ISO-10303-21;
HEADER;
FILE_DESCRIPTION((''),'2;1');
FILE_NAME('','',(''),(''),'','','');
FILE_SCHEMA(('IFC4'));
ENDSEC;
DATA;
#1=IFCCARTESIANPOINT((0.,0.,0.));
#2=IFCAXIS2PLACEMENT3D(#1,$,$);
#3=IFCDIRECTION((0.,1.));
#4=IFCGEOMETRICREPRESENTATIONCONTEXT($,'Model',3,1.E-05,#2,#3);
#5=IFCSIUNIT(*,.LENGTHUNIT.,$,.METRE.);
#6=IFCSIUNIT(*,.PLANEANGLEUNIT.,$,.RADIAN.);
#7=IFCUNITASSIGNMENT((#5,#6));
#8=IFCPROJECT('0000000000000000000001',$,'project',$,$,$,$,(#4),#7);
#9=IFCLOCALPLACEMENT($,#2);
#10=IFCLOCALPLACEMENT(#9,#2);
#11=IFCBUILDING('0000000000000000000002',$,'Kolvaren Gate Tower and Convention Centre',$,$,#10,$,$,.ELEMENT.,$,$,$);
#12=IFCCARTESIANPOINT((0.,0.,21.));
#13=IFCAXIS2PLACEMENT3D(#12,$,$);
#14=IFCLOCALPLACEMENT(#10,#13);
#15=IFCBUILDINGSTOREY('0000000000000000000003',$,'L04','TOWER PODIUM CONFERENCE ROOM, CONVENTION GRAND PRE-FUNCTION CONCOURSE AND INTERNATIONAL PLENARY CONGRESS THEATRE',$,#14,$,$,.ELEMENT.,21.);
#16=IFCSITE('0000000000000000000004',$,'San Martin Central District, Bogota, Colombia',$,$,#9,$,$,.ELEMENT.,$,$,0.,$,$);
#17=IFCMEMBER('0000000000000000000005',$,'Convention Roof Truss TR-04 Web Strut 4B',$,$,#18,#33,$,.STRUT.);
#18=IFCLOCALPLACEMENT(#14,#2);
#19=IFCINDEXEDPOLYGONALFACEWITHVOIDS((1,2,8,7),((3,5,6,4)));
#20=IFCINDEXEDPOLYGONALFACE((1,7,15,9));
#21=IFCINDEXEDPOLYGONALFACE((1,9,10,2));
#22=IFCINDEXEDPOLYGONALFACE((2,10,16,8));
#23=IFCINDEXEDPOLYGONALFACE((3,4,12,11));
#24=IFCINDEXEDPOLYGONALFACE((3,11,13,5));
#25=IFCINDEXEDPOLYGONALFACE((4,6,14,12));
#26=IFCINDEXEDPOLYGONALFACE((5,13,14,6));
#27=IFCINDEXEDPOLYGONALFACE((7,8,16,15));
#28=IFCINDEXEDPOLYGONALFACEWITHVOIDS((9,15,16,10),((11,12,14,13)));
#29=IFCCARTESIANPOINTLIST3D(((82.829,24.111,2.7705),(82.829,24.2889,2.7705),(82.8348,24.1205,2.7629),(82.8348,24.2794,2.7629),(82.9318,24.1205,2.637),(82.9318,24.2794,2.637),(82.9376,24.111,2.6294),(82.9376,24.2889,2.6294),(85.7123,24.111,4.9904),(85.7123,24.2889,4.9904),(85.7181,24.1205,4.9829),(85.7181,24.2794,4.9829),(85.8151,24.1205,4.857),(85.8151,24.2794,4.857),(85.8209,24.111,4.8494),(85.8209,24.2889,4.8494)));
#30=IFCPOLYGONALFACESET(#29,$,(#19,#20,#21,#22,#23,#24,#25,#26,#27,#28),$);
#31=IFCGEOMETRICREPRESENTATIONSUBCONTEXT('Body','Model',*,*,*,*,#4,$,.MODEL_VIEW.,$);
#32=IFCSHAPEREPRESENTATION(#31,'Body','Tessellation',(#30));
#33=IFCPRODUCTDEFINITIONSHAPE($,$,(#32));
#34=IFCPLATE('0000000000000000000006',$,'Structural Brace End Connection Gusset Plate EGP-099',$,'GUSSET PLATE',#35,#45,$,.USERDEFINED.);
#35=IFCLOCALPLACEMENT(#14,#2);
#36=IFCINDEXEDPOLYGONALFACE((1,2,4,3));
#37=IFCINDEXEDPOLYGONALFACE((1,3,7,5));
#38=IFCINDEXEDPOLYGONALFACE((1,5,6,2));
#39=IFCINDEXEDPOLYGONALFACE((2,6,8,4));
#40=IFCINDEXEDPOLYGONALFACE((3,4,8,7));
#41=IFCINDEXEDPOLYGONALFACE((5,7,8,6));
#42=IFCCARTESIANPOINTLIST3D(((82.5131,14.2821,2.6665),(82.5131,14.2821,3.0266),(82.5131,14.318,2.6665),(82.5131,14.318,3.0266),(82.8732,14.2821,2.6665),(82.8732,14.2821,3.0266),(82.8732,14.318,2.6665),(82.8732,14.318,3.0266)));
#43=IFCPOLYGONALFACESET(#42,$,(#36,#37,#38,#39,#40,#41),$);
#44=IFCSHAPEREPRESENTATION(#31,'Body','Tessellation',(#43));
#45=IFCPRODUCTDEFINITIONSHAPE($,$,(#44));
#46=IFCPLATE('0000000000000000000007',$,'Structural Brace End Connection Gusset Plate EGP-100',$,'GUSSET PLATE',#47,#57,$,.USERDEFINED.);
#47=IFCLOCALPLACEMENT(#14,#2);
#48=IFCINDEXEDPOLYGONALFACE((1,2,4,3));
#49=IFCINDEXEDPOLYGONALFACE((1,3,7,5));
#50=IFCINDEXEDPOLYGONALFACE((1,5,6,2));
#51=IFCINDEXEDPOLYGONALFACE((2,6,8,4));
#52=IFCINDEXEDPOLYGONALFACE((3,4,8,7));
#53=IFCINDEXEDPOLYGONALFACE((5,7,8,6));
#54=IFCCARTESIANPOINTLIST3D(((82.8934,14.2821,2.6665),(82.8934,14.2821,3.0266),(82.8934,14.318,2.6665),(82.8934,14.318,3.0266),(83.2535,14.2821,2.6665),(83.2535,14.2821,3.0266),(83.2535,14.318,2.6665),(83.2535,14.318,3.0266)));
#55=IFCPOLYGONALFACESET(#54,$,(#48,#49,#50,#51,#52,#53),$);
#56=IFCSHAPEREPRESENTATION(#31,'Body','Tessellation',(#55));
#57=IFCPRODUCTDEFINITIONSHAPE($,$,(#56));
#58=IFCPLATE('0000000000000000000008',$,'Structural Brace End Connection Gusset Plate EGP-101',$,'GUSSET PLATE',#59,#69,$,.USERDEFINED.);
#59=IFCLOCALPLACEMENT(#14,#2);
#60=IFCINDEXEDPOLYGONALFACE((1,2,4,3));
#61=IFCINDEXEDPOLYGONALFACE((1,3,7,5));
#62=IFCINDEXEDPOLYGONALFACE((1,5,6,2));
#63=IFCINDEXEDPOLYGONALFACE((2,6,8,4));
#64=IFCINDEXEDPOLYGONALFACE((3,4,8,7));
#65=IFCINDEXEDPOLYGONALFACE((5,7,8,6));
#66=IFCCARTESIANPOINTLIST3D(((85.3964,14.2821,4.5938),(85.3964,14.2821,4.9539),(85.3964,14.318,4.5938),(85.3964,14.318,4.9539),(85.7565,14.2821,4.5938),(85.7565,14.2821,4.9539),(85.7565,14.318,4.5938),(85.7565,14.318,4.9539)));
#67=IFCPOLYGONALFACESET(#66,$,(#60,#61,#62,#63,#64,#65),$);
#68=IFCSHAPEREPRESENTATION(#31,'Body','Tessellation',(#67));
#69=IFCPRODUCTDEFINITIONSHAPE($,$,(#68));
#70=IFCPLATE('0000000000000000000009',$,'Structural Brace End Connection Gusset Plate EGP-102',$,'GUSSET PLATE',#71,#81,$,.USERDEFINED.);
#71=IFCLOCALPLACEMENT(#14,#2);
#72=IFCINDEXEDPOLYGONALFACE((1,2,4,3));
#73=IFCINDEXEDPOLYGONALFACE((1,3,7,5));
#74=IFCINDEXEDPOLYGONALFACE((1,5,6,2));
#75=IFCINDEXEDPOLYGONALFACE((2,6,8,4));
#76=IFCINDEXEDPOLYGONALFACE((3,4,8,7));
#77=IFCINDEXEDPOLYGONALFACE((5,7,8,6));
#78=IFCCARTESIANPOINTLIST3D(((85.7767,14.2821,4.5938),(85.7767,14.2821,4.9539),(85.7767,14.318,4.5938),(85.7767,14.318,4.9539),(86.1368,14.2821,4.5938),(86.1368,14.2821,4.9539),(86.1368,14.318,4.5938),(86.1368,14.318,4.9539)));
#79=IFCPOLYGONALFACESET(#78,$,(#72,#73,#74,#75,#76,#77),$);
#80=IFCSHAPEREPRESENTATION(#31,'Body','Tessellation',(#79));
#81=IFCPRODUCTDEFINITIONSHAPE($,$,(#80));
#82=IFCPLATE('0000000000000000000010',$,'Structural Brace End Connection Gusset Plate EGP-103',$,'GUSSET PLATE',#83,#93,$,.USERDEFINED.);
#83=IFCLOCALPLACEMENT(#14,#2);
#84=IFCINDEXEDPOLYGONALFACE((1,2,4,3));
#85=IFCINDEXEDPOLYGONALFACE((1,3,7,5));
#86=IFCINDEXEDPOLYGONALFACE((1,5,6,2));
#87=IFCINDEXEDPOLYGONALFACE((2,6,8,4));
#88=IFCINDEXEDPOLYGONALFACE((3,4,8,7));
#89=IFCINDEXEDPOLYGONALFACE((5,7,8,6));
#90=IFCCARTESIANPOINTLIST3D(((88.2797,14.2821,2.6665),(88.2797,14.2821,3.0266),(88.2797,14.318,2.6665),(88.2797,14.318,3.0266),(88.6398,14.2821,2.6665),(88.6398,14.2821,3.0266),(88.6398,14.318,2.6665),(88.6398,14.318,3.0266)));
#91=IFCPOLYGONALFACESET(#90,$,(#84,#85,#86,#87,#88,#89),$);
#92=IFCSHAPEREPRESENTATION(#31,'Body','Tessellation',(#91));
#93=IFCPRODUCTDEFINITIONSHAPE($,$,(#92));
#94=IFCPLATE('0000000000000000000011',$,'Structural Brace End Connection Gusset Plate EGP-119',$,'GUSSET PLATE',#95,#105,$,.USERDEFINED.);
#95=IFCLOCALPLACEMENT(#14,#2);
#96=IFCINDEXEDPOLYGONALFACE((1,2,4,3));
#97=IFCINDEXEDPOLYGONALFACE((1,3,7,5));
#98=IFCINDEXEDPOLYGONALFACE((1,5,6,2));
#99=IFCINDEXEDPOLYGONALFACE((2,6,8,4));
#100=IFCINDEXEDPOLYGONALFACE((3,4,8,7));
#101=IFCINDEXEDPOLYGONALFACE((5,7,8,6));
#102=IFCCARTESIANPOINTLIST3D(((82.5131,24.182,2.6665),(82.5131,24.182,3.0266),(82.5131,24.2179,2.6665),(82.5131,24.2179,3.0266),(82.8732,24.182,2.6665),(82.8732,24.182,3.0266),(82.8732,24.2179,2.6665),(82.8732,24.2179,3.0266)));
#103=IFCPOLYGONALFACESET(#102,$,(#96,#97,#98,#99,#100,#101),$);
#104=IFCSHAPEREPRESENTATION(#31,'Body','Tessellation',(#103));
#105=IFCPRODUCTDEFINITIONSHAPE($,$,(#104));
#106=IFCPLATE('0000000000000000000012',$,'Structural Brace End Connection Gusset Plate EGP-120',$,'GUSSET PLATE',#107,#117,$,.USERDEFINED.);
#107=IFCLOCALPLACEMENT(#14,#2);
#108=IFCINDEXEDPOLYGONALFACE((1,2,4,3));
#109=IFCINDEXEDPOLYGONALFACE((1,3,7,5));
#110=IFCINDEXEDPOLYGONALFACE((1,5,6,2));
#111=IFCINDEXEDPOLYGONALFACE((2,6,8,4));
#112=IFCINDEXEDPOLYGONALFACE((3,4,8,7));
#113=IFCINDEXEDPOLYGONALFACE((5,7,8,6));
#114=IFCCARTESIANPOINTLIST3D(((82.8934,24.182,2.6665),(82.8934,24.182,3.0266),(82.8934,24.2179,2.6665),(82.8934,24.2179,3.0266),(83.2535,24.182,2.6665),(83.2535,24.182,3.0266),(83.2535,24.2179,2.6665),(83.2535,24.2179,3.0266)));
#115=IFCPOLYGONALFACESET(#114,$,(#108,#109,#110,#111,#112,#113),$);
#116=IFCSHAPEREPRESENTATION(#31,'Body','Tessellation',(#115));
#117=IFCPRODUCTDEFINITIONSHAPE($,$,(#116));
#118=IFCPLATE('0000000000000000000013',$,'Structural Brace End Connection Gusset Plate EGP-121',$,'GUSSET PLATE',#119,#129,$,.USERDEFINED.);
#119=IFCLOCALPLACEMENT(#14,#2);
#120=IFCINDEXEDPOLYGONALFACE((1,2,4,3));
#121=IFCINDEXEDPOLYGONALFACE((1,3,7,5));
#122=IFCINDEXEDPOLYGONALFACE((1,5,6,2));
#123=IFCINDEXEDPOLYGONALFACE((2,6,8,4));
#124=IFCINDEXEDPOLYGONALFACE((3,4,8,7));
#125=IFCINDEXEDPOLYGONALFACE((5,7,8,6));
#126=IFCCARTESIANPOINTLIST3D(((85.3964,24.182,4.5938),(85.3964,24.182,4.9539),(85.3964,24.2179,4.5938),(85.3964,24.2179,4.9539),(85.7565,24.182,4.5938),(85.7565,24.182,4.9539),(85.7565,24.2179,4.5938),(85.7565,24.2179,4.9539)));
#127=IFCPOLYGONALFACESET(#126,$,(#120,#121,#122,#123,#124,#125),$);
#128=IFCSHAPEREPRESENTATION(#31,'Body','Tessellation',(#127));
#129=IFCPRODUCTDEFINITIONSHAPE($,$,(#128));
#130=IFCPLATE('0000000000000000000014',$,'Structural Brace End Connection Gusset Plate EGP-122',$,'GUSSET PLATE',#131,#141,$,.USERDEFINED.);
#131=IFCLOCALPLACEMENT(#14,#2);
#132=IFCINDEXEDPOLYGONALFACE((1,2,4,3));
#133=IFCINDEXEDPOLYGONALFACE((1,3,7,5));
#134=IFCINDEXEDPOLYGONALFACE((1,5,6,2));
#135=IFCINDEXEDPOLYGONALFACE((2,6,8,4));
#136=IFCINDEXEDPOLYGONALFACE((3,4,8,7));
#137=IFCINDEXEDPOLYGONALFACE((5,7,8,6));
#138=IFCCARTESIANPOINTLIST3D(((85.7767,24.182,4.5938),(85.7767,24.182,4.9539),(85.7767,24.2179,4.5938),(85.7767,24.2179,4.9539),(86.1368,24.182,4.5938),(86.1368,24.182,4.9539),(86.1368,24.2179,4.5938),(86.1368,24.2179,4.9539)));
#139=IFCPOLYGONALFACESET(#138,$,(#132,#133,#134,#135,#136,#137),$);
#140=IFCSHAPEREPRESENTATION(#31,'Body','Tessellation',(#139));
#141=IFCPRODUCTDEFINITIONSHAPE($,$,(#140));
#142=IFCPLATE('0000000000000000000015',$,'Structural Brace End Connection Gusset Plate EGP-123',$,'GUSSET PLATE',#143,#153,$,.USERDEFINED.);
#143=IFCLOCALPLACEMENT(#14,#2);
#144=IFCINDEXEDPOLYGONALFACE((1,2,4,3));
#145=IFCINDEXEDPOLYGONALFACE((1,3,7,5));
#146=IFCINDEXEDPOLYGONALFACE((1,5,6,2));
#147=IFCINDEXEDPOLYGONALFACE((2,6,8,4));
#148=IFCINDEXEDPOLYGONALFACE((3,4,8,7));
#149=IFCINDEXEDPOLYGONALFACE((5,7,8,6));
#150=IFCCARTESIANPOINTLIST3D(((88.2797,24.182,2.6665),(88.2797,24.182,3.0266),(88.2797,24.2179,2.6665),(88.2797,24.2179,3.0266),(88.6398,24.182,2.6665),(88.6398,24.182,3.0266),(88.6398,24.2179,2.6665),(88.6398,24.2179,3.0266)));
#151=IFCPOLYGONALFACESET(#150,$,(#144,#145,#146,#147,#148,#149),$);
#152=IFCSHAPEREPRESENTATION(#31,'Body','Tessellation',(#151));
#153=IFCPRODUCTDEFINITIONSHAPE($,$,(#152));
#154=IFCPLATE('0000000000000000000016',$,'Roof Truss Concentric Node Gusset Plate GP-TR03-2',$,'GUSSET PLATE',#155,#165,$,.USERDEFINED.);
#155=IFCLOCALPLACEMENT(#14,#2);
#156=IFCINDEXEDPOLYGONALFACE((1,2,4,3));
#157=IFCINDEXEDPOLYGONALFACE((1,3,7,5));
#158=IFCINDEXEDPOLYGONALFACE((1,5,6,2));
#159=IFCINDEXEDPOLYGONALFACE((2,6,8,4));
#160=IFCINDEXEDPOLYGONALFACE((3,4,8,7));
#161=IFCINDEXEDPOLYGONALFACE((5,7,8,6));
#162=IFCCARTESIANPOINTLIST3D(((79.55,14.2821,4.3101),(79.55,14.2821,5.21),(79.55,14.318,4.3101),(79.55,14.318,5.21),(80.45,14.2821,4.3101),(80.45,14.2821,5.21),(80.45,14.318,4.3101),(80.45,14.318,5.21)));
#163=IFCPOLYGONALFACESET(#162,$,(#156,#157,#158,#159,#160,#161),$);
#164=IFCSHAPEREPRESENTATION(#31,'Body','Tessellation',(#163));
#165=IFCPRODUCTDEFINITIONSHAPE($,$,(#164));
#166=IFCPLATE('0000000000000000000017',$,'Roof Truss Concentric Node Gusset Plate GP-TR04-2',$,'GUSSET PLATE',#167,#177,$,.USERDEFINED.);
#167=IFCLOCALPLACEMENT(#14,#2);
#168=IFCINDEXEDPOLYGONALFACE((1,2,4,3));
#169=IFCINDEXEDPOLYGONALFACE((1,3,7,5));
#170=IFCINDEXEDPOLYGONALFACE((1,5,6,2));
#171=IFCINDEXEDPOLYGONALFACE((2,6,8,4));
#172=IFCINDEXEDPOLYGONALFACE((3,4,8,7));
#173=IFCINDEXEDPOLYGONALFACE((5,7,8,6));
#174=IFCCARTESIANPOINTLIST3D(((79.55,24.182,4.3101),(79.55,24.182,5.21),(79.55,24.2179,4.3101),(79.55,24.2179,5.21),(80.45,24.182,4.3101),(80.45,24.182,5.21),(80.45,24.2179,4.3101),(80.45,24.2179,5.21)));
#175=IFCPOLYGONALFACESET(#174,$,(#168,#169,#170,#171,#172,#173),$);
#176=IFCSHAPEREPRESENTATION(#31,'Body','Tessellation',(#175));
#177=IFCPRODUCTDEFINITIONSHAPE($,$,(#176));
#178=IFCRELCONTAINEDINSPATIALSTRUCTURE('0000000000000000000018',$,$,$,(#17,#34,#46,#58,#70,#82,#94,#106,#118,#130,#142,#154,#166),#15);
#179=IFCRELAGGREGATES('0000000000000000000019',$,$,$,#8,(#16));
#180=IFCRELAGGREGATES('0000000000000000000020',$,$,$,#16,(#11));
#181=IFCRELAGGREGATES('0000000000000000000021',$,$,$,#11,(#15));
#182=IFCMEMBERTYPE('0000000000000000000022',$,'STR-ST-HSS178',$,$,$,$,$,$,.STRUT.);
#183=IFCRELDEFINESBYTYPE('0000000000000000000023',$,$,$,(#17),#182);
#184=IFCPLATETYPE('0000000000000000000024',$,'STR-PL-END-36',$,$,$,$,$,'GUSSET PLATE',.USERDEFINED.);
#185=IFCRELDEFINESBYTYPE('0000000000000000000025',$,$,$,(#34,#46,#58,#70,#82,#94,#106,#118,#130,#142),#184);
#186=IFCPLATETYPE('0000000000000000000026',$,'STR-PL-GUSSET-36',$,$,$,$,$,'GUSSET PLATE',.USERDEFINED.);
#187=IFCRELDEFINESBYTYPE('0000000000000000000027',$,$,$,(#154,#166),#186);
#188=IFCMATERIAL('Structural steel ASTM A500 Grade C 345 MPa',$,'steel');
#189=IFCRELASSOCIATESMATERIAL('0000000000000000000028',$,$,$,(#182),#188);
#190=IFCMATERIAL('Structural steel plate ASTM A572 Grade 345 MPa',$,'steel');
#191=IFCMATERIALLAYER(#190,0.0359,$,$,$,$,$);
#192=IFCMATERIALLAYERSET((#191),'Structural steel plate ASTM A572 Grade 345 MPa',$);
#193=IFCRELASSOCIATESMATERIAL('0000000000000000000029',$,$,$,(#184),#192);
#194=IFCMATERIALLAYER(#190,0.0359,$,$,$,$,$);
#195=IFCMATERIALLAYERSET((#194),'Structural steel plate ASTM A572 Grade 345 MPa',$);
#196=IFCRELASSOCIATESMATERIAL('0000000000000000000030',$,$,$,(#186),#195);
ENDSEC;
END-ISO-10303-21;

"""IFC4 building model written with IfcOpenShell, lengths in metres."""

from ifc_helpers import new_model, si_unit, direction, frame, origin, origin_2d, place, context, subcontext, project, spatial, rectangle, hollow_rectangle, extrude, material, layer, layer_set, material_profile, profile_set, type_object, element, save


model = new_model("IFC4")

# Units and contexts
model_context = context("Model", 3, precision=1e-05, world=origin(), true_north=direction((0.0, 1.0)))
body_context = subcontext(model_context, "Body", "Model", "MODEL_VIEW")
ifc_project = project(units=[si_unit("LENGTHUNIT", "METRE"), si_unit("PLANEANGLEUNIT", "RADIAN")], contexts=[model_context])

# Site, building, storey
site_placement = place(None, origin())
site = spatial("IfcSite", under=ifc_project, at=site_placement, Name="San Martin Central District, Bogota, Colombia", CompositionType="ELEMENT", RefElevation=0.0)
building_placement = place(site_placement, origin())
building = spatial("IfcBuilding", under=site, at=building_placement, Name="Kolvaren Gate Tower and Convention Centre", CompositionType="ELEMENT")
storey_placement = place(building_placement, frame((0.0, 0.0, 21.0)))
storey = spatial("IfcBuildingStorey", under=building, at=storey_placement, Name="L04", Description="TOWER PODIUM CONFERENCE ROOM, CONVENTION GRAND PRE-FUNCTION CONCOURSE AND INTERNATIONAL PLENARY CONGRESS THEATRE", CompositionType="ELEMENT", Elevation=21.0)

# Member
ifc_material_1 = material(Name="Structural steel ASTM A500 Grade C 345 MPa", Category="steel")
ifc_material_profile_1 = material_profile(ifc_material_1, hollow_rectangle(XDim=0.178, YDim=0.178, WallThickness=0.0095, at=origin_2d()), Name="HSS178X178X9.5")
ifc_profile_set_1 = profile_set([ifc_material_profile_1], Name="Structural steel ASTM A500 Grade C 345 MPa")
member_type_1 = type_object("IfcMemberType", Name="STR-ST-HSS178", PredefinedType="STRUT", material=ifc_profile_set_1)
member_1_placement = place(storey_placement, frame((82.8833, 24.2, 2.7), z_axis=(0.792352, 0.0, 0.610064), x_axis=(0.0, 1.0, 0.0)))
element("IfcMember", 1, at=member_1_placement, inside=storey, type_object=member_type_1, Name="Convention Roof Truss TR-04 Web Strut 4B", PredefinedType="STRUT", context=body_context, shape_type="SweptSolid", body=[
    extrude(hollow_rectangle(XDim=0.178, YDim=0.178, WallThickness=0.0095, at=origin_2d()), origin(), (0.0, 0.0, 1.0), 3.6389),
])

# Plates
ifc_material_2 = material(Name="Structural steel plate ASTM A572 Grade 345 MPa", Category="steel")
ifc_layer_1 = layer(ifc_material_2, 0.0359)
ifc_layer_set_1 = layer_set([ifc_layer_1], Name="Structural steel plate ASTM A572 Grade 345 MPa")
plate_type_1 = type_object("IfcPlateType", Name="STR-PL-END-36", ElementType="GUSSET PLATE", PredefinedType="USERDEFINED", material=ifc_layer_set_1)
for number, where, z_axis, x_axis, name in (
    (2, (82.6931, 14.3, 2.6665), (0.0, 0.0, 1.0), (1.0, 0.0, 0.0), "Structural Brace End Connection Gusset Plate EGP-099"),
    (3, (83.0735, 14.3, 2.6665), (0.0, 0.0, 1.0), (1.0, 0.0, 0.0), "Structural Brace End Connection Gusset Plate EGP-100"),
    (4, (85.5764, 14.3, 4.5938), (0.0, 0.0, 1.0), (1.0, 0.0, 0.0), "Structural Brace End Connection Gusset Plate EGP-101"),
    (5, (85.9568, 14.3, 4.5938), (0.0, 0.0, 1.0), (1.0, 0.0, 0.0), "Structural Brace End Connection Gusset Plate EGP-102"),
    (6, (88.4597, 14.3, 2.6665), (0.0, 0.0, 1.0), (1.0, 0.0, 0.0), "Structural Brace End Connection Gusset Plate EGP-103"),
    (7, (82.6931, 24.2, 2.6665), (0.0, 0.0, 1.0), (1.0, 0.0, 0.0), "Structural Brace End Connection Gusset Plate EGP-119"),
    (8, (83.0735, 24.2, 2.6665), (0.0, 0.0, 1.0), (1.0, 0.0, 0.0), "Structural Brace End Connection Gusset Plate EGP-120"),
    (9, (85.5764, 24.2, 4.5938), (0.0, 0.0, 1.0), (1.0, 0.0, 0.0), "Structural Brace End Connection Gusset Plate EGP-121"),
    (10, (85.9568, 24.2, 4.5938), (0.0, 0.0, 1.0), (1.0, 0.0, 0.0), "Structural Brace End Connection Gusset Plate EGP-122"),
    (11, (88.4597, 24.2, 2.6665), (0.0, 0.0, 1.0), (1.0, 0.0, 0.0), "Structural Brace End Connection Gusset Plate EGP-123"),
):
    element("IfcPlate", number, at=place(storey_placement, frame(where, z_axis=z_axis, x_axis=x_axis)), inside=storey, type_object=plate_type_1, Name=name, ObjectType="GUSSET PLATE", PredefinedType="USERDEFINED", context=body_context, shape_type="SweptSolid", body=[
        extrude(rectangle(XDim=0.3601, YDim=0.0359, at=origin_2d()), origin(), (0.0, 0.0, 1.0), 0.3601),
    ])
ifc_layer_2 = layer(ifc_material_2, 0.0359)
ifc_layer_set_2 = layer_set([ifc_layer_2], Name="Structural steel plate ASTM A572 Grade 345 MPa")
plate_type_2 = type_object("IfcPlateType", Name="STR-PL-GUSSET-36", ElementType="GUSSET PLATE", PredefinedType="USERDEFINED", material=ifc_layer_set_2)
for number, where, z_axis, x_axis, name in (
    (12, (80.0, 14.3, 4.3101), (0.0, 0.0, 1.0), (1.0, 0.0, 0.0), "Roof Truss Concentric Node Gusset Plate GP-TR03-2"),
    (13, (80.0, 24.2, 4.3101), (0.0, 0.0, 1.0), (1.0, 0.0, 0.0), "Roof Truss Concentric Node Gusset Plate GP-TR04-2"),
):
    element("IfcPlate", number, at=place(storey_placement, frame(where, z_axis=z_axis, x_axis=x_axis)), inside=storey, type_object=plate_type_2, Name=name, ObjectType="GUSSET PLATE", PredefinedType="USERDEFINED", context=body_context, shape_type="SweptSolid", body=[
        extrude(rectangle(XDim=0.8999, YDim=0.0359, at=origin_2d()), origin(), (0.0, 0.0, 1.0), 0.8999),
    ])

save(model, "model.ifc")
